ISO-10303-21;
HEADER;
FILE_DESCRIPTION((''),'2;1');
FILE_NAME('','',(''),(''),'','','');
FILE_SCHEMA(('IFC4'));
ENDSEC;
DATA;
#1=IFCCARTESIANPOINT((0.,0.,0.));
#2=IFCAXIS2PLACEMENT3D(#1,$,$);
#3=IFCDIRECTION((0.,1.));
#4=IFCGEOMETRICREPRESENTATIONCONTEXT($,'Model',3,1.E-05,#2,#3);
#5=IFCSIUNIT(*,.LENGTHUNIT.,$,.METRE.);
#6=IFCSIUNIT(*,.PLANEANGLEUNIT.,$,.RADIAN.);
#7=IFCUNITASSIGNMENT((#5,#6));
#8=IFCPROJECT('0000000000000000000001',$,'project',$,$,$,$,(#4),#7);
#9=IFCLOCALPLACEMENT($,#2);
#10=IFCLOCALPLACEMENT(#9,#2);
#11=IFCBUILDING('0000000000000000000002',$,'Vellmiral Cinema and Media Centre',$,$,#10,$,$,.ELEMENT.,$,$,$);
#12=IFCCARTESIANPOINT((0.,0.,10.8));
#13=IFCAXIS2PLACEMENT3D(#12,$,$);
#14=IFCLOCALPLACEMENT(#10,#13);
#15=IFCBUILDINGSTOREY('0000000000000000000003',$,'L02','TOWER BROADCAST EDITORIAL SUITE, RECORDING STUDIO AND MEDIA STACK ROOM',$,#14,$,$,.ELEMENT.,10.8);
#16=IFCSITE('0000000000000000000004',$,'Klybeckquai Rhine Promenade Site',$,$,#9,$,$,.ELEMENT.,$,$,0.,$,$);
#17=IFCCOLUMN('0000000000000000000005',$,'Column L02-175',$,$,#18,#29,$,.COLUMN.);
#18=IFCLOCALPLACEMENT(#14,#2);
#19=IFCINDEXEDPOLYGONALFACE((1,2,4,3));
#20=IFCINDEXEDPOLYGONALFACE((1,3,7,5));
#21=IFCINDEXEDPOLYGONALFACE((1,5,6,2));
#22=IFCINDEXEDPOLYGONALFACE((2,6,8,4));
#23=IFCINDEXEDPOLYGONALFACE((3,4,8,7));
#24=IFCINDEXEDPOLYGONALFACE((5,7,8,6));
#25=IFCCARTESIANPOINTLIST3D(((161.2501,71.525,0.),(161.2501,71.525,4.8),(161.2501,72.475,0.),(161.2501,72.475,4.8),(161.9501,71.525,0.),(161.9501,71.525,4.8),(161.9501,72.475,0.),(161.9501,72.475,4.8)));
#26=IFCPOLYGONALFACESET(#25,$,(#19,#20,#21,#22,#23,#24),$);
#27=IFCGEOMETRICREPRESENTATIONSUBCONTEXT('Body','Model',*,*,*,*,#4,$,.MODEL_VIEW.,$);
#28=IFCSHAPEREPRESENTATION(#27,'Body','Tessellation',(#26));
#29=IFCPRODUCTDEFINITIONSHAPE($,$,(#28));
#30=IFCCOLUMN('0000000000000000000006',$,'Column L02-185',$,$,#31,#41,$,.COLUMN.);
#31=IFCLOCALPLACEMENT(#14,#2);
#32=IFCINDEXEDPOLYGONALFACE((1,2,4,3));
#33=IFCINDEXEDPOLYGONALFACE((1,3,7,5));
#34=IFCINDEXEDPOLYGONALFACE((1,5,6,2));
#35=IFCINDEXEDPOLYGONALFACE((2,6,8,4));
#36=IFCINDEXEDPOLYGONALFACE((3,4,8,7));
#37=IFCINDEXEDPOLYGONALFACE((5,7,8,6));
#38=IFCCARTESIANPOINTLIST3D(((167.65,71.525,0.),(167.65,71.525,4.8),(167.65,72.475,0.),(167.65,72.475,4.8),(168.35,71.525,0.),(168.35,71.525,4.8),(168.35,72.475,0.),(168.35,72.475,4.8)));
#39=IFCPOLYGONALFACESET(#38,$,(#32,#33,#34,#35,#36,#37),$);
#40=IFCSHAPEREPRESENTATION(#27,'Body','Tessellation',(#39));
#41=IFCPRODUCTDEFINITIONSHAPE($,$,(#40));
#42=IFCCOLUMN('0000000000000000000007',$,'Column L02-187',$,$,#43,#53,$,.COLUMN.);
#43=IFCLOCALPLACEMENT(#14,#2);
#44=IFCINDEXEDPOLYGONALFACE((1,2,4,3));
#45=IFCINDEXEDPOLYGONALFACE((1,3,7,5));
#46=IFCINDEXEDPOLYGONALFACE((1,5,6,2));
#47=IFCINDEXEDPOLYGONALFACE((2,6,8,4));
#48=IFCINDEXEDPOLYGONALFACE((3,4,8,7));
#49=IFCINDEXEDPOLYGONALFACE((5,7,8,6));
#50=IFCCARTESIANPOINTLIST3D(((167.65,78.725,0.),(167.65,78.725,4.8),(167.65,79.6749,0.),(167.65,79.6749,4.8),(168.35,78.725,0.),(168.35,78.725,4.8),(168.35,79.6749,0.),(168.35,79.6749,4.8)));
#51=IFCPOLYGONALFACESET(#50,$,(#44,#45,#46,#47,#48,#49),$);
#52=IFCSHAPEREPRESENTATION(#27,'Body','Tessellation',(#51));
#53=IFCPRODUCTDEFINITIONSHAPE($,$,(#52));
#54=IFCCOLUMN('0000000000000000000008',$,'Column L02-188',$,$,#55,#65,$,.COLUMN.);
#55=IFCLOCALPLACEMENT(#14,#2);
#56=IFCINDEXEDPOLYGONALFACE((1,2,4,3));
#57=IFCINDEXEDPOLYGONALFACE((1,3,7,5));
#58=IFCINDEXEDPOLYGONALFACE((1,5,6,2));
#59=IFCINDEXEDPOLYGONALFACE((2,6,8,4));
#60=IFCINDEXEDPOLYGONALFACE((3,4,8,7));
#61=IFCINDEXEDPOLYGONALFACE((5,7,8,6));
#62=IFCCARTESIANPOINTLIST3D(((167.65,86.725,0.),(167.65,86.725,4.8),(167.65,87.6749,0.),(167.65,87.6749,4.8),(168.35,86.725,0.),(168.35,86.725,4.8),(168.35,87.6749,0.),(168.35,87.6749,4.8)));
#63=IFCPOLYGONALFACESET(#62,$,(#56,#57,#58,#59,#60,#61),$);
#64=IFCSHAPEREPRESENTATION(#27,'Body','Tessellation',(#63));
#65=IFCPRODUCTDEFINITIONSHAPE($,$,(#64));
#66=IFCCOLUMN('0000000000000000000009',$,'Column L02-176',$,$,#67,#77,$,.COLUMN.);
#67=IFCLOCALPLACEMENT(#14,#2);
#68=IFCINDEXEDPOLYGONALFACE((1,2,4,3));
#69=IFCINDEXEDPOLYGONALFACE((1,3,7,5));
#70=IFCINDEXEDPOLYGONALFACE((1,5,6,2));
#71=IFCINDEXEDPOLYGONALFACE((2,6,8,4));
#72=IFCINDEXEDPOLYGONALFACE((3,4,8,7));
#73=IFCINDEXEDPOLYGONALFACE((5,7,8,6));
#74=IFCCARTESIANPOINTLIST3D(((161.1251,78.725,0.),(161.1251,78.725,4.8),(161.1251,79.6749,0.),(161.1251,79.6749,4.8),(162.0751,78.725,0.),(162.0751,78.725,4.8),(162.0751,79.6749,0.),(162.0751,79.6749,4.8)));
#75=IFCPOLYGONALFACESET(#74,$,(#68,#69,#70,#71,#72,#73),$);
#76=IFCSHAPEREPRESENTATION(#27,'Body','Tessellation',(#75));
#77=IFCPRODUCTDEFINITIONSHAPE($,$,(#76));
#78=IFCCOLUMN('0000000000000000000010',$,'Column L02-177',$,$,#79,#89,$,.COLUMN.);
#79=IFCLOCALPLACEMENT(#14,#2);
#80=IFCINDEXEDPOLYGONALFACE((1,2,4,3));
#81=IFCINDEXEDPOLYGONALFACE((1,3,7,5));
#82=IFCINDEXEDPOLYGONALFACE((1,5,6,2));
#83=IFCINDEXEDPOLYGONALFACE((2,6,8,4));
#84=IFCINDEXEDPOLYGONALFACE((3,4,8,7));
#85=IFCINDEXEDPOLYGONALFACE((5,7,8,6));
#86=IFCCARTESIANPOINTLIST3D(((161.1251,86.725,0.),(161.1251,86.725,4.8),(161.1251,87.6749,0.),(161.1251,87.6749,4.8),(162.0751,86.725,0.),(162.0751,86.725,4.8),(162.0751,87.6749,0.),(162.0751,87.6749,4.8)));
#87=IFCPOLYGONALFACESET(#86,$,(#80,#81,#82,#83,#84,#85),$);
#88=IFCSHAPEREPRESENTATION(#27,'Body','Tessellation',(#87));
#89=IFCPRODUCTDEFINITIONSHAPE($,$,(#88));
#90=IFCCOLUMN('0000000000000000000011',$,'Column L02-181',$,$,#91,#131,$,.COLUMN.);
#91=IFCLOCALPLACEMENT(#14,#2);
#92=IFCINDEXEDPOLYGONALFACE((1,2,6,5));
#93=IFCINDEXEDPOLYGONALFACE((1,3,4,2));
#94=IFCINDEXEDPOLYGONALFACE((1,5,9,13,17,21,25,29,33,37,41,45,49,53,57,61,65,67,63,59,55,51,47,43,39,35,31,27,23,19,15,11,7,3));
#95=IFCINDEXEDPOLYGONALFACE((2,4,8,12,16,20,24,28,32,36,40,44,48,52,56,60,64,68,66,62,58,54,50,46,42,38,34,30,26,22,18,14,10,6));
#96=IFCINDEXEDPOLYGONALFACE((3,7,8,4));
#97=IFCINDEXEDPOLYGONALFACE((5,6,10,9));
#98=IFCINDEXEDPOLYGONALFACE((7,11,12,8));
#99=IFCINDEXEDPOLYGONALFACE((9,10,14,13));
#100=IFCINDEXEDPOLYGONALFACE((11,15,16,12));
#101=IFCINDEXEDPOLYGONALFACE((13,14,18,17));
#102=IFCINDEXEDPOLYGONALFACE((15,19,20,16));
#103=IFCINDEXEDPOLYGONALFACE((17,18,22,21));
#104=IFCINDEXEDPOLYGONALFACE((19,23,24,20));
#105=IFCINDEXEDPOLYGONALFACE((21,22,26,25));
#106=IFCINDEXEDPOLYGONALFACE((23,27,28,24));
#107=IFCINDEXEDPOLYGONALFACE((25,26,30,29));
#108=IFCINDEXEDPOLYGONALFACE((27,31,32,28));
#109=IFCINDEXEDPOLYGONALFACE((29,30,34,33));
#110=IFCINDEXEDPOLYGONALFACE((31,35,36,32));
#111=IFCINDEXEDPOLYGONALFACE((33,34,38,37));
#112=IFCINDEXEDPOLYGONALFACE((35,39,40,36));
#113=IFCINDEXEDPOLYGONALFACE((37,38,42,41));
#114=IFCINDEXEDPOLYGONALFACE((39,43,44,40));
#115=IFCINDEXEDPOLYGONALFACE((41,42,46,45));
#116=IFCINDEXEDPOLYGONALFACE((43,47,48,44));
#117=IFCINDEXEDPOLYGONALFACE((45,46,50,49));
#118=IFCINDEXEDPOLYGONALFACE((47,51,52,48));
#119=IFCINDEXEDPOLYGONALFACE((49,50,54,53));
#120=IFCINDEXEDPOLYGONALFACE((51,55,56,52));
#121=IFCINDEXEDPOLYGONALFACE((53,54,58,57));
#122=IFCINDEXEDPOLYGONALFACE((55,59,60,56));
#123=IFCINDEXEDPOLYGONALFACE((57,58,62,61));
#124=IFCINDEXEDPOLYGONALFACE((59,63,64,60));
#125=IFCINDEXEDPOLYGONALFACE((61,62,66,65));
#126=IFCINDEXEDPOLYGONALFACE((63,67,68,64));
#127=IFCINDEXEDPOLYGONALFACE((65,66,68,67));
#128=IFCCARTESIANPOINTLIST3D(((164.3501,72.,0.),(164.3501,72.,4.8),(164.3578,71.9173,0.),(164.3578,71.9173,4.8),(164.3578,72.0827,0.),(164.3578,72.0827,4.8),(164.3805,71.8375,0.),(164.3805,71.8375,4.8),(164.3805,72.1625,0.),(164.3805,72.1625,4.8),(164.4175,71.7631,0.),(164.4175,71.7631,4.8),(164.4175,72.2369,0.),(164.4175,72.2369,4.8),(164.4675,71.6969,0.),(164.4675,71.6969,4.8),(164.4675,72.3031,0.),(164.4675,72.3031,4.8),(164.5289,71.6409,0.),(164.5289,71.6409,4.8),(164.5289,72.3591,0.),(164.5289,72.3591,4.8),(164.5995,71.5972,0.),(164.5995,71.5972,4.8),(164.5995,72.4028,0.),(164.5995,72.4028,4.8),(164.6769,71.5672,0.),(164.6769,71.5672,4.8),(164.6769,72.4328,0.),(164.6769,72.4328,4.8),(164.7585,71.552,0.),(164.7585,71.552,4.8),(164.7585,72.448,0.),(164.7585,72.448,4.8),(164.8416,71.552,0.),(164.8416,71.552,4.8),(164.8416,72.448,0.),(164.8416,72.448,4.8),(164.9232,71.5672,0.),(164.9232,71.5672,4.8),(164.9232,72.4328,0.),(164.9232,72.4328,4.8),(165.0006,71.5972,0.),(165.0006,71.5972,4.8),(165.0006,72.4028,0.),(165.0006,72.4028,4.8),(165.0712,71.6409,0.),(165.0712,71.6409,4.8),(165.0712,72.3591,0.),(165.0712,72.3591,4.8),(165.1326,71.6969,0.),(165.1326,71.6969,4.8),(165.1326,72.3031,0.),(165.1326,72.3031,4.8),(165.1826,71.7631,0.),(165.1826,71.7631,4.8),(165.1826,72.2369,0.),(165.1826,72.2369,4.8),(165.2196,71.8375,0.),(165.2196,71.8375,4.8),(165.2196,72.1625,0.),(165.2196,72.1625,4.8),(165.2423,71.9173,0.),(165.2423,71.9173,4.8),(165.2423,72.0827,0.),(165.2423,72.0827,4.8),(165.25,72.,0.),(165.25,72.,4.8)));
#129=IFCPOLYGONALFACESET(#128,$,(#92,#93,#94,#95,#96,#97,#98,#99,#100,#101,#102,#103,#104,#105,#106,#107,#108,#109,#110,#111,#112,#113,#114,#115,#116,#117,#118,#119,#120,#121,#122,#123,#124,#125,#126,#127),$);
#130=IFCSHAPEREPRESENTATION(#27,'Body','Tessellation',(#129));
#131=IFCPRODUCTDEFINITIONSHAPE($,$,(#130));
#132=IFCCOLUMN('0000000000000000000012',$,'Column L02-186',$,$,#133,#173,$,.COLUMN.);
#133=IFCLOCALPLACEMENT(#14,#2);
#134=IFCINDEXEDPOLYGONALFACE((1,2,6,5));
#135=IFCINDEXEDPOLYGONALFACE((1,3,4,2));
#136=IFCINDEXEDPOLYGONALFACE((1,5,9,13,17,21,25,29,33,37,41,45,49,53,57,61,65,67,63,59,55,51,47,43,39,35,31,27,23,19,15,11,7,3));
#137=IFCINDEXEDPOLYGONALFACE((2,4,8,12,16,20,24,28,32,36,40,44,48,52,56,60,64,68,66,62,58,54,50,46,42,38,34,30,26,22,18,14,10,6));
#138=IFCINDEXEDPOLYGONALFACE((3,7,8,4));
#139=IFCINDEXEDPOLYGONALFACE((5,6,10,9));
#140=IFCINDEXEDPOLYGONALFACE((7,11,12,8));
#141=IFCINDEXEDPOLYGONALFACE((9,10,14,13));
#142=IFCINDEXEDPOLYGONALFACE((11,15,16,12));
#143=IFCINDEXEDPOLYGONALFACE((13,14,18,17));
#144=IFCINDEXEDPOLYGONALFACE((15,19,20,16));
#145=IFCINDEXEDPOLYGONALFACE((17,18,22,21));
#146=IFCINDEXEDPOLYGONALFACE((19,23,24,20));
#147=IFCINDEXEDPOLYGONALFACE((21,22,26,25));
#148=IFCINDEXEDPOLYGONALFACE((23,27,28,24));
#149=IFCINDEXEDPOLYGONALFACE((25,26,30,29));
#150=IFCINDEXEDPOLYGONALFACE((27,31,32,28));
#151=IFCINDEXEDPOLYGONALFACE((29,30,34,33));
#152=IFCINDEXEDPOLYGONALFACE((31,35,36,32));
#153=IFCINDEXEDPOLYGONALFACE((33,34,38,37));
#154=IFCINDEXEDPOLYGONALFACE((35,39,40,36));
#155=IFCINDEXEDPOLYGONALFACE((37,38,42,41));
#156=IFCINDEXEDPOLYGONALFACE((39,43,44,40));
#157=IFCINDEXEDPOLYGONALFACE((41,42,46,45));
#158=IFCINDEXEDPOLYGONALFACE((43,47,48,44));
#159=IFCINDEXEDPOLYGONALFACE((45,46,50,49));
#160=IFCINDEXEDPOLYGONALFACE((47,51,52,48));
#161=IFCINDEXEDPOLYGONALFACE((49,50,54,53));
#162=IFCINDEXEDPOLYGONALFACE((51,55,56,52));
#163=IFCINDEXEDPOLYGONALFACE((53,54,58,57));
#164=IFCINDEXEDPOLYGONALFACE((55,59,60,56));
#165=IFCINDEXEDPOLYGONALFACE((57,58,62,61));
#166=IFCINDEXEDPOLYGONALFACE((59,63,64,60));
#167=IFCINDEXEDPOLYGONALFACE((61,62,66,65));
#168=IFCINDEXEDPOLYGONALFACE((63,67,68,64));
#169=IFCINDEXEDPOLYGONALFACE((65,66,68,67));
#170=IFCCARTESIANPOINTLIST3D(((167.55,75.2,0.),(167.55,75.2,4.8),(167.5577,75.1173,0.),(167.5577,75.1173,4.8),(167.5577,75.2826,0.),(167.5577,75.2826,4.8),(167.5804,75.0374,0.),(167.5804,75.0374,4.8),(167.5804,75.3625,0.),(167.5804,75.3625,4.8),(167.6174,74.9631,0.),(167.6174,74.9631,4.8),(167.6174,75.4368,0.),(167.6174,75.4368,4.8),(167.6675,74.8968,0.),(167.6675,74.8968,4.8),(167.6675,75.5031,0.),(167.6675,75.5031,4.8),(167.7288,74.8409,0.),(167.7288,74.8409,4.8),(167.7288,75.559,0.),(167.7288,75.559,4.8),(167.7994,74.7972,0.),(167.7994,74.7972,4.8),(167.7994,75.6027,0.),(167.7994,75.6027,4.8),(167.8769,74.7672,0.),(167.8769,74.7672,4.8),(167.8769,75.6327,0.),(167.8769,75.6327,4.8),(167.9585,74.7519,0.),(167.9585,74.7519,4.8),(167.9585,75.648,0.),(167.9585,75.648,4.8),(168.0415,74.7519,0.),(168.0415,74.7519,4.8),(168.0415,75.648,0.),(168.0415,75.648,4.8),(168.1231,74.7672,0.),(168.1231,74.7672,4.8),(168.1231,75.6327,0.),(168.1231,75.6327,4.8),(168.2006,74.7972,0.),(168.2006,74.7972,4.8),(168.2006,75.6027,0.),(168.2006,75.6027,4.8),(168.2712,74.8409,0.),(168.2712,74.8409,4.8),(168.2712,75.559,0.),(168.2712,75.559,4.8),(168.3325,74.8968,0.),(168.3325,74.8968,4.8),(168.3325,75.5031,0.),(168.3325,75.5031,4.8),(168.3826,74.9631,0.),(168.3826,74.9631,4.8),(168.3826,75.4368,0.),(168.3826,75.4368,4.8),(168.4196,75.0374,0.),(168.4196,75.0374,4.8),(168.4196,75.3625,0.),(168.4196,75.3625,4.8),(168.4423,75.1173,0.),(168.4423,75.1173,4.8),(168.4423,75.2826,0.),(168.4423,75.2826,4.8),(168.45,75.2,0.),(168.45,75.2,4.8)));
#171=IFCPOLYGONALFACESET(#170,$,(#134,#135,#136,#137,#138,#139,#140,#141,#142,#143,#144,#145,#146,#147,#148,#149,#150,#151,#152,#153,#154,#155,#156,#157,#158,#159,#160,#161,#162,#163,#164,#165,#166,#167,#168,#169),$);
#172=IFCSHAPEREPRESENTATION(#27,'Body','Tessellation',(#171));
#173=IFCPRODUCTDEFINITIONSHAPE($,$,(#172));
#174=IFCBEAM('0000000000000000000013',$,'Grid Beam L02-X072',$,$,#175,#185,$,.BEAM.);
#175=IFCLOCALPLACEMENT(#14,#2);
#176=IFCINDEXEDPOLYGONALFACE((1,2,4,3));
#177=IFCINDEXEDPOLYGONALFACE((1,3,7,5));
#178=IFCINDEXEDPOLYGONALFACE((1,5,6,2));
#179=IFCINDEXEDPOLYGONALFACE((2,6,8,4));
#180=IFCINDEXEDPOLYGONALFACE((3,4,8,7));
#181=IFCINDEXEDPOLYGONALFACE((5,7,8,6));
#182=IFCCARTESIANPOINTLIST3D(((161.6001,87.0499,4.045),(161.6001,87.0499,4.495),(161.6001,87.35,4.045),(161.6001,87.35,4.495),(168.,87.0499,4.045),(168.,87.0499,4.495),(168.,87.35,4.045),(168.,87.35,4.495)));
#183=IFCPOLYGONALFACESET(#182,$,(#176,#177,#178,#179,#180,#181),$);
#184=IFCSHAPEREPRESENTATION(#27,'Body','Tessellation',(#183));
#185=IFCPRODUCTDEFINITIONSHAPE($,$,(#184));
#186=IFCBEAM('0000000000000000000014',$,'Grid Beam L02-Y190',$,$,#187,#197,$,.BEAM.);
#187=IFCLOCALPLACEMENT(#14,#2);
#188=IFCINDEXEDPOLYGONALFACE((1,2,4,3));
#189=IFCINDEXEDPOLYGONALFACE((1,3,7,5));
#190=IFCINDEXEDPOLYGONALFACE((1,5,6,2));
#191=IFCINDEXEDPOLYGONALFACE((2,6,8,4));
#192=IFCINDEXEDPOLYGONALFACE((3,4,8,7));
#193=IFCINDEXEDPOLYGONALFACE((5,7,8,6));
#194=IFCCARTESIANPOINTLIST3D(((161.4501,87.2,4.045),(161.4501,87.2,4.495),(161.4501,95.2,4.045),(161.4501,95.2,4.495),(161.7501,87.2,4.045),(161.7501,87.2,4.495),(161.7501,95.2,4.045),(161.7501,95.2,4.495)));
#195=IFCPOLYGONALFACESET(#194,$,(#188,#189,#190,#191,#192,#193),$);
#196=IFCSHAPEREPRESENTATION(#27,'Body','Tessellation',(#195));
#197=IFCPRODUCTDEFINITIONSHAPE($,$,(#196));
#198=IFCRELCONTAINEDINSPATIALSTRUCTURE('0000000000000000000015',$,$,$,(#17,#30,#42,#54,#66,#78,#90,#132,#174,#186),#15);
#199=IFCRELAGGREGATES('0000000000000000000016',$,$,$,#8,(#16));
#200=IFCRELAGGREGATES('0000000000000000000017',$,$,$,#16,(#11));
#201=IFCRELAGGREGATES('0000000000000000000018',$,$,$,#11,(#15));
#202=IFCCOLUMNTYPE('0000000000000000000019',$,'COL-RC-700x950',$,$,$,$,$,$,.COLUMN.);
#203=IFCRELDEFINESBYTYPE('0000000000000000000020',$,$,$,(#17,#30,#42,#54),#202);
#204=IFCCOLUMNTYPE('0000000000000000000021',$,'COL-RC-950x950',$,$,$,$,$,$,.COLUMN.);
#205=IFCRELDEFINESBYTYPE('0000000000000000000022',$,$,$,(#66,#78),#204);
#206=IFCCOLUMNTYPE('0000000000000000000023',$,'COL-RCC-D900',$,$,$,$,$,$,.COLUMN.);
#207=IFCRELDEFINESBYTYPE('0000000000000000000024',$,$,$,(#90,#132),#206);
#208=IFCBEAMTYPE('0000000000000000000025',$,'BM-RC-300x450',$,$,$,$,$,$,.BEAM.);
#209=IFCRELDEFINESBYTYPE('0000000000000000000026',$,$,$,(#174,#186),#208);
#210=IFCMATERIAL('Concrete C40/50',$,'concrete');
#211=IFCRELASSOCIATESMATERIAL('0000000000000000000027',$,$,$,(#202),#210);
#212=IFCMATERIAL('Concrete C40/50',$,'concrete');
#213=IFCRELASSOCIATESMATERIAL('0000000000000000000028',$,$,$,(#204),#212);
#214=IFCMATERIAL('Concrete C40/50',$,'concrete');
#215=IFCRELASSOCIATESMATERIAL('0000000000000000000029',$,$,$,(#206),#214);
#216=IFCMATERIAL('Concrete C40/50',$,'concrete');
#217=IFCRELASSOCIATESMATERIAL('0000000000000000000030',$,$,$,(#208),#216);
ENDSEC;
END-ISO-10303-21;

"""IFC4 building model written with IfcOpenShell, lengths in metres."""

from ifc_helpers import new_model, si_unit, direction, frame, origin, origin_2d, place, context, subcontext, project, spatial, rectangle, circle, extrude, material, material_profile, profile_set, type_object, element, save


model = new_model("IFC4")

# Units and contexts
model_context = context("Model", 3, precision=1e-05, world=origin(), true_north=direction((0.0, 1.0)))
body_context = subcontext(model_context, "Body", "Model", "MODEL_VIEW")
ifc_project = project(units=[si_unit("LENGTHUNIT", "METRE"), si_unit("PLANEANGLEUNIT", "RADIAN")], contexts=[model_context])

# Site, building, storey
site_placement = place(None, origin())
site = spatial("IfcSite", under=ifc_project, at=site_placement, Name="Klybeckquai Rhine Promenade Site", CompositionType="ELEMENT", RefElevation=0.0)
building_placement = place(site_placement, origin())
building = spatial("IfcBuilding", under=site, at=building_placement, Name="Vellmiral Cinema and Media Centre", CompositionType="ELEMENT")
storey_placement = place(building_placement, frame((0.0, 0.0, 10.8)))
storey = spatial("IfcBuildingStorey", under=building, at=storey_placement, Name="L02", Description="TOWER BROADCAST EDITORIAL SUITE, RECORDING STUDIO AND MEDIA STACK ROOM", CompositionType="ELEMENT", Elevation=10.8)

# Columns
ifc_material_1 = material(Name="Concrete C40/50", Category="concrete")
ifc_material_profile_1 = material_profile(ifc_material_1, rectangle(XDim=0.7, YDim=0.95, at=origin_2d()), Name="RC 700x950")
ifc_profile_set_1 = profile_set([ifc_material_profile_1], Name="Concrete C40/50")
column_type_1 = type_object("IfcColumnType", Name="COL-RC-700x950", PredefinedType="COLUMN", material=ifc_profile_set_1)
for number, where, z_axis, x_axis, name in (
    (1, (161.6001, 72.0, 0.0), (0.0, 0.0, 1.0), (1.0, 0.0, 0.0), "Column L02-175"),
    (2, (168.0, 72.0, 0.0), (0.0, 0.0, 1.0), (1.0, 0.0, 0.0), "Column L02-185"),
    (3, (168.0, 79.2, 0.0), (0.0, 0.0, 1.0), (1.0, 0.0, 0.0), "Column L02-187"),
    (4, (168.0, 87.2, 0.0), (0.0, 0.0, 1.0), (1.0, 0.0, 0.0), "Column L02-188"),
):
    element("IfcColumn", number, at=place(storey_placement, frame(where, z_axis=z_axis, x_axis=x_axis)), inside=storey, type_object=column_type_1, Name=name, PredefinedType="COLUMN", context=body_context, shape_type="SweptSolid", body=[
        extrude(rectangle(XDim=0.7, YDim=0.95, at=origin_2d()), origin(), (0.0, 0.0, 1.0), 4.8),
    ])
ifc_material_2 = material(Name="Concrete C40/50", Category="concrete")
ifc_material_profile_2 = material_profile(ifc_material_2, rectangle(XDim=0.95, YDim=0.95, at=origin_2d()), Name="RC 950x950")
ifc_profile_set_2 = profile_set([ifc_material_profile_2], Name="Concrete C40/50")
column_type_2 = type_object("IfcColumnType", Name="COL-RC-950x950", PredefinedType="COLUMN", material=ifc_profile_set_2)
for number, where, z_axis, x_axis, name in (
    (5, (161.6001, 79.2, 0.0), (0.0, 0.0, 1.0), (1.0, 0.0, 0.0), "Column L02-176"),
    (6, (161.6001, 87.2, 0.0), (0.0, 0.0, 1.0), (1.0, 0.0, 0.0), "Column L02-177"),
):
    element("IfcColumn", number, at=place(storey_placement, frame(where, z_axis=z_axis, x_axis=x_axis)), inside=storey, type_object=column_type_2, Name=name, PredefinedType="COLUMN", context=body_context, shape_type="SweptSolid", body=[
        extrude(rectangle(XDim=0.95, YDim=0.95, at=origin_2d()), origin(), (0.0, 0.0, 1.0), 4.8),
    ])
ifc_material_3 = material(Name="Concrete C40/50", Category="concrete")
ifc_material_profile_3 = material_profile(ifc_material_3, circle(Radius=0.45, at=origin_2d()), Name="RC D900")
ifc_profile_set_3 = profile_set([ifc_material_profile_3], Name="Concrete C40/50")
column_type_3 = type_object("IfcColumnType", Name="COL-RCC-D900", PredefinedType="COLUMN", material=ifc_profile_set_3)
for number, where, z_axis, x_axis, name in (
    (7, (164.8, 72.0, 0.0), (0.0, 0.0, 1.0), (1.0, 0.0, 0.0), "Column L02-181"),
    (8, (168.0, 75.2, 0.0), (0.0, 0.0, 1.0), (1.0, 0.0, 0.0), "Column L02-186"),
):
    element("IfcColumn", number, at=place(storey_placement, frame(where, z_axis=z_axis, x_axis=x_axis)), inside=storey, type_object=column_type_3, Name=name, PredefinedType="COLUMN", context=body_context, shape_type="SweptSolid", body=[
        extrude(circle(Radius=0.45, at=origin_2d()), origin(), (0.0, 0.0, 1.0), 4.8),
    ])

# Beams
ifc_material_4 = material(Name="Concrete C40/50", Category="concrete")
ifc_material_profile_4 = material_profile(ifc_material_4, rectangle(XDim=0.3, YDim=0.45, at=origin_2d()), Name="RC 300x450")
ifc_profile_set_4 = profile_set([ifc_material_profile_4], Name="Concrete C40/50")
beam_type_1 = type_object("IfcBeamType", Name="BM-RC-300x450", PredefinedType="BEAM", material=ifc_profile_set_4)
beam_1_placement = place(storey_placement, frame((161.6001, 87.2, 4.27), z_axis=(1.0, 0.0, 0.0), x_axis=(0.0, 1.0, 0.0)))
element("IfcBeam", 9, at=beam_1_placement, inside=storey, type_object=beam_type_1, Name="Grid Beam L02-X072", PredefinedType="BEAM", context=body_context, shape_type="SweptSolid", body=[
    extrude(rectangle(XDim=0.3, YDim=0.45, at=origin_2d()), origin(), (0.0, 0.0, 1.0), 6.3999),
])
beam_2_placement = place(storey_placement, frame((161.6001, 87.2, 4.27), z_axis=(0.0, 1.0, 0.0), x_axis=(-1.0, 0.0, 0.0)))
element("IfcBeam", 10, at=beam_2_placement, inside=storey, type_object=beam_type_1, Name="Grid Beam L02-Y190", PredefinedType="BEAM", context=body_context, shape_type="SweptSolid", body=[
    extrude(rectangle(XDim=0.3, YDim=0.45, at=origin_2d()), origin(), (0.0, 0.0, 1.0), 8.0),
])

save(model, "model.ifc")
